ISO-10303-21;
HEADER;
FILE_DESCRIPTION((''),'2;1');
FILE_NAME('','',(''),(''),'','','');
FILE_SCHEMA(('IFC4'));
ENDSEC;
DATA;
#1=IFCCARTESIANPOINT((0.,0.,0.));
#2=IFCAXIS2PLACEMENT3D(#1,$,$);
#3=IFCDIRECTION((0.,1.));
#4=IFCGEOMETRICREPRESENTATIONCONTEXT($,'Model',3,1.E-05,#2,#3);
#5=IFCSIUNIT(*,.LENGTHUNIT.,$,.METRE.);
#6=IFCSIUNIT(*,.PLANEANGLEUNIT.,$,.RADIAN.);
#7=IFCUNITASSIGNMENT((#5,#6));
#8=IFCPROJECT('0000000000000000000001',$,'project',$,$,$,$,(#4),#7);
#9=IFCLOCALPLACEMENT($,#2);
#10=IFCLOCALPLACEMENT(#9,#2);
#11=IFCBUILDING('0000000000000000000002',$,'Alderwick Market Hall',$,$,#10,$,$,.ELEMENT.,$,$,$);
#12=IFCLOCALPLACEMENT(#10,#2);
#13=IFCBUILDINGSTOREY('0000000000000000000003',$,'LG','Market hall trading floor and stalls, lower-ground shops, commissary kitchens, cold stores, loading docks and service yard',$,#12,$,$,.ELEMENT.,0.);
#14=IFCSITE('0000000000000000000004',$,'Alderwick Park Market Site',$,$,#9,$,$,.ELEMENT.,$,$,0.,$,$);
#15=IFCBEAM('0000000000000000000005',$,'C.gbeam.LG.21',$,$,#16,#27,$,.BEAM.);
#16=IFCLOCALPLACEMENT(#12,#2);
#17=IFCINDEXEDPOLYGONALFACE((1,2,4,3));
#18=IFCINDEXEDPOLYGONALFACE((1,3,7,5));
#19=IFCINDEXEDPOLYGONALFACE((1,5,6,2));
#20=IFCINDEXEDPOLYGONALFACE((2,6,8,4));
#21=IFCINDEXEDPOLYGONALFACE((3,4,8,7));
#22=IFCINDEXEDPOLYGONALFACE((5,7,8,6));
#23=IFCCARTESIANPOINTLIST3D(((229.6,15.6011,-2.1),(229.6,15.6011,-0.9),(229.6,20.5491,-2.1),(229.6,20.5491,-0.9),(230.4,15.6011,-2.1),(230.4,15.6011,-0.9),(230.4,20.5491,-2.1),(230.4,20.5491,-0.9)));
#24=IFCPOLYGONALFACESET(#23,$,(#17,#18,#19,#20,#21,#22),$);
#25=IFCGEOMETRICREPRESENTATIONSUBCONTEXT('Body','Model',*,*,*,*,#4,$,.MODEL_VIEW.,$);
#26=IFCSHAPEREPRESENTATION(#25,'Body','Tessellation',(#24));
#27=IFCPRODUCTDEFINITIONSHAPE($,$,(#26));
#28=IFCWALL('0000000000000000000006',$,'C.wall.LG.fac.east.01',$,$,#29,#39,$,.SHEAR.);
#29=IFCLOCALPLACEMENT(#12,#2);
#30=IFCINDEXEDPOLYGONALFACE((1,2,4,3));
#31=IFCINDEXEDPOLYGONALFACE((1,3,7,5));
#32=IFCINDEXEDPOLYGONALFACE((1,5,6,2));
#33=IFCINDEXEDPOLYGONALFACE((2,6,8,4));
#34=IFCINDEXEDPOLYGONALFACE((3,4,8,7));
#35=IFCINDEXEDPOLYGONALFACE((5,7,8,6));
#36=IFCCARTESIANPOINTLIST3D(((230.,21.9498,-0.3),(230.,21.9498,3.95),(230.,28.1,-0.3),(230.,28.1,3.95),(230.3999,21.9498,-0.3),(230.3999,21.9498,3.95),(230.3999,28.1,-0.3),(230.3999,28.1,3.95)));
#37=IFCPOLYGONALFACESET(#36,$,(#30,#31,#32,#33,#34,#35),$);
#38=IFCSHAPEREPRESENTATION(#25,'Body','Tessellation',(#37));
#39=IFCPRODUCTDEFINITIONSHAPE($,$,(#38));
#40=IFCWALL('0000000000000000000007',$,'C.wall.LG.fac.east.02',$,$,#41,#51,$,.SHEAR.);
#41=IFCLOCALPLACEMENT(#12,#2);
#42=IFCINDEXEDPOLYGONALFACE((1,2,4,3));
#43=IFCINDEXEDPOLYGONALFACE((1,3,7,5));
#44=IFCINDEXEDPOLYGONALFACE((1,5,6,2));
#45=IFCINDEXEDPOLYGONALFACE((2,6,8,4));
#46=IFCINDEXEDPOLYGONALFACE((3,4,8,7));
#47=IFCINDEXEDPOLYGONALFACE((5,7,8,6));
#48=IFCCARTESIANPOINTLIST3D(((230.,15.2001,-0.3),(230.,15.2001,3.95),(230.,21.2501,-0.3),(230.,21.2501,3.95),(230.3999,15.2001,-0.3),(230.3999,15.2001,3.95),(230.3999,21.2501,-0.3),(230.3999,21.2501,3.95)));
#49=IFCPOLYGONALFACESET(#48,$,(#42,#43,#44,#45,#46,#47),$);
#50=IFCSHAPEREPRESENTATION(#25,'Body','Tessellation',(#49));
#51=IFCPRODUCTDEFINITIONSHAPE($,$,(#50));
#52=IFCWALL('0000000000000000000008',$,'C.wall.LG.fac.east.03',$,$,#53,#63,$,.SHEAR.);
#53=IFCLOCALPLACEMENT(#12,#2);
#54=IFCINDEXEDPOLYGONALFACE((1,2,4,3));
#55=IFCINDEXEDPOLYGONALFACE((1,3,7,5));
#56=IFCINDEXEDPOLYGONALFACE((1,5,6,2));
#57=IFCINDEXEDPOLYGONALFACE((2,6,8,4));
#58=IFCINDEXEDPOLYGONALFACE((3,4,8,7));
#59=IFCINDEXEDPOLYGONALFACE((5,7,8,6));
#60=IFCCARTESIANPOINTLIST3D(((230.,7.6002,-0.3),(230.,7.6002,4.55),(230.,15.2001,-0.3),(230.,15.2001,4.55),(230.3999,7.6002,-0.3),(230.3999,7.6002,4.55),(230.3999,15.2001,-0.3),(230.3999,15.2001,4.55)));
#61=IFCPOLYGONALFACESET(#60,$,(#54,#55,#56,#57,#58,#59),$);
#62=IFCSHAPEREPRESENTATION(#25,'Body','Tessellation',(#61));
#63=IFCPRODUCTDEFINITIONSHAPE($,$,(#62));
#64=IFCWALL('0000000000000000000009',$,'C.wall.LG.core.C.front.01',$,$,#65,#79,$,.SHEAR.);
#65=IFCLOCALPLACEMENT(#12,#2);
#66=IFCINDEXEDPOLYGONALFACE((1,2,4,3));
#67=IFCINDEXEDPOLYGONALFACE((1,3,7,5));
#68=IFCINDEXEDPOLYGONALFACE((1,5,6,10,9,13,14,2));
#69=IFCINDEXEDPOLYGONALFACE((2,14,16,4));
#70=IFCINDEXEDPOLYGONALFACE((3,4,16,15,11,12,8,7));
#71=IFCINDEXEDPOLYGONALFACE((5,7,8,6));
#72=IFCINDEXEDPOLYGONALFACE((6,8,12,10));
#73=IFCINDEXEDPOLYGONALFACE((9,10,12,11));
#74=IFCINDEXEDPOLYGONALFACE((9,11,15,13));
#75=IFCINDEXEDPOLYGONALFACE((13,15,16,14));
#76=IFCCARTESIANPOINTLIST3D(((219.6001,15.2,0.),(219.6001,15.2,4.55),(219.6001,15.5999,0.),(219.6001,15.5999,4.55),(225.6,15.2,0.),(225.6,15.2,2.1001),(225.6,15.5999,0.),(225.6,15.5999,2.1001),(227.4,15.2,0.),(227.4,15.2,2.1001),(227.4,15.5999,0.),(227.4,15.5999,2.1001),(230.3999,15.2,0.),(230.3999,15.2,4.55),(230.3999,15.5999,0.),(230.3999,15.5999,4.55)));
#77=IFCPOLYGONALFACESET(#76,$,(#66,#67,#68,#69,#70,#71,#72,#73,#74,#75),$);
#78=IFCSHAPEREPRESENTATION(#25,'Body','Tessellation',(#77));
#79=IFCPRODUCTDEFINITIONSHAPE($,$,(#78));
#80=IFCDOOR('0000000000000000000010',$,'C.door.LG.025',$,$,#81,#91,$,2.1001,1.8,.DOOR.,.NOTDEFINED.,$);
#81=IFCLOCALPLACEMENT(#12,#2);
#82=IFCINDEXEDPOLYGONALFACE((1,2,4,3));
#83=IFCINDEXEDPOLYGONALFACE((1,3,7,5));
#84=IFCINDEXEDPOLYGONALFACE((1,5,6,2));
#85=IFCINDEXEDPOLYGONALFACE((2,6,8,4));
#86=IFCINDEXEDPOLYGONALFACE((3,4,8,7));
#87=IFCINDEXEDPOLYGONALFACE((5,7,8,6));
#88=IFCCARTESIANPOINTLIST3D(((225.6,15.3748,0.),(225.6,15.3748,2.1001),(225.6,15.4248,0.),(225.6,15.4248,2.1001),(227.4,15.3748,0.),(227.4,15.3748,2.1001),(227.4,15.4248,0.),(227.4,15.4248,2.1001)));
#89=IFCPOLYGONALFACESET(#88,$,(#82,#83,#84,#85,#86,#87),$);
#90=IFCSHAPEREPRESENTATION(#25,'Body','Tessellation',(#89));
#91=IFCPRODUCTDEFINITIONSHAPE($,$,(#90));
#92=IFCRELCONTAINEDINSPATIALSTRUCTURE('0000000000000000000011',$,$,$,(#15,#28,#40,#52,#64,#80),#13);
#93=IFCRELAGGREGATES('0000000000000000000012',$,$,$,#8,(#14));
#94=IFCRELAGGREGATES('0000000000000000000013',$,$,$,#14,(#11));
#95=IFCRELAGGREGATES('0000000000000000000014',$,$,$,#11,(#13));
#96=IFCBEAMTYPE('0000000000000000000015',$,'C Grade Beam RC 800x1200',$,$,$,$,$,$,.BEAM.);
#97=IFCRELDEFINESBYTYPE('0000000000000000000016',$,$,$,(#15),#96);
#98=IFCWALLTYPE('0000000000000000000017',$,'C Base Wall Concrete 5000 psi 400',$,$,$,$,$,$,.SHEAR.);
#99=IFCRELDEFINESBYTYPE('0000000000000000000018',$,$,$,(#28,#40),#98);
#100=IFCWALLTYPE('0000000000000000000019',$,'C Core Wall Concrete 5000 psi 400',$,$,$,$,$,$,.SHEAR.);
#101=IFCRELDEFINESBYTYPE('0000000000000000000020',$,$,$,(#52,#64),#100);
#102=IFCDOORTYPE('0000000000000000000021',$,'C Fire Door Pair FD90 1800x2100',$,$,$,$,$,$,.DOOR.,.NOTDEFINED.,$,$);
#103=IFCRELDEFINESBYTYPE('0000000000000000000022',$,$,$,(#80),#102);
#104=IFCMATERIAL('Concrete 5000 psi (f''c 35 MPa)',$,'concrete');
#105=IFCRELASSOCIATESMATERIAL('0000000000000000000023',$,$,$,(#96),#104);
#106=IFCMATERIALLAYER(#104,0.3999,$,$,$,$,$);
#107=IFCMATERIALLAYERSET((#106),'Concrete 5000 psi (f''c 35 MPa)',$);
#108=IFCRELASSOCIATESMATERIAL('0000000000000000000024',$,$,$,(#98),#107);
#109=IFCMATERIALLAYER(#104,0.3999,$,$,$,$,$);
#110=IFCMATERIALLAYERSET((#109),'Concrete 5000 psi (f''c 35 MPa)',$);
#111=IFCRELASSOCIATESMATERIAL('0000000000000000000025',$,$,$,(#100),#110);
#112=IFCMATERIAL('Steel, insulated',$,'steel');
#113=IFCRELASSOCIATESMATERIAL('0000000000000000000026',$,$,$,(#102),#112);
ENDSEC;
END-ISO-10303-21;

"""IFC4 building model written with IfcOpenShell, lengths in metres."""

from ifc_helpers import new_model, si_unit, direction, frame, frame_2d, origin, origin_2d, place, context, subcontext, project, spatial, rectangle, extrude, material, layer, layer_set, material_profile, profile_set, type_object, element, fill, save


model = new_model("IFC4")

# Units and contexts
model_context = context("Model", 3, precision=1e-05, world=origin(), true_north=direction((0.0, 1.0)))
body_context = subcontext(model_context, "Body", "Model", "MODEL_VIEW")
ifc_project = project(units=[si_unit("LENGTHUNIT", "METRE"), si_unit("PLANEANGLEUNIT", "RADIAN")], contexts=[model_context])

# Site, building, storey
site_placement = place(None, origin())
site = spatial("IfcSite", under=ifc_project, at=site_placement, Name="Alderwick Park Market Site", CompositionType="ELEMENT", RefElevation=0.0)
building_placement = place(site_placement, origin())
building = spatial("IfcBuilding", under=site, at=building_placement, Name="Alderwick Market Hall", CompositionType="ELEMENT")
storey_placement = place(building_placement, origin())
storey = spatial("IfcBuildingStorey", under=building, at=storey_placement, Name="LG", Description="Market hall trading floor and stalls, lower-ground shops, commissary kitchens, cold stores, loading docks and service yard", CompositionType="ELEMENT", Elevation=0.0)

# Shared definitions
ifc_material_1 = material(Name="Concrete 5000 psi (f'c 35 MPa)", Category="concrete")

# Beam
ifc_material_profile_1 = material_profile(ifc_material_1, rectangle(XDim=0.8, YDim=1.2, at=origin_2d()), Name="RC 800x1200")
ifc_profile_set_1 = profile_set([ifc_material_profile_1], Name="Concrete 5000 psi (f'c 35 MPa)")
beam_type_1 = type_object("IfcBeamType", Name="C Grade Beam RC 800x1200", PredefinedType="BEAM", material=ifc_profile_set_1)
beam_1_placement = place(storey_placement, frame((230.0, 15.6011, -1.5), z_axis=(0.0, 1.0, 0.0), x_axis=(-1.0, 0.0, 0.0)))
element("IfcBeam", 1, at=beam_1_placement, inside=storey, type_object=beam_type_1, Name="C.gbeam.LG.21", PredefinedType="BEAM", context=body_context, shape_type="SweptSolid", body=[
    extrude(rectangle(XDim=0.8, YDim=1.2, at=origin_2d()), origin(), (0.0, 0.0, 1.0), 4.948),
])

# Walls
ifc_layer_1 = layer(ifc_material_1, 0.3999)
ifc_layer_set_1 = layer_set([ifc_layer_1], Name="Concrete 5000 psi (f'c 35 MPa)")
wall_type_1 = type_object("IfcWallType", Name="C Base Wall Concrete 5000 psi 400", PredefinedType="SHEAR", material=ifc_layer_set_1)
wall_1_placement = place(storey_placement, frame((230.2, 28.1001, -0.3), z_axis=(0.0, 0.0, 1.0), x_axis=(0.0, -1.0, 0.0)))
element("IfcWall", 2, at=wall_1_placement, inside=storey, type_object=wall_type_1, Name="C.wall.LG.fac.east.01", PredefinedType="SHEAR", context=body_context, shape_type="SweptSolid", body=[
    extrude(rectangle(XDim=6.1501, YDim=0.3999, at=frame_2d((3.0752, 0.0))), origin(), (0.0, 0.0, 1.0), 4.25),
])
wall_2_placement = place(storey_placement, frame((230.2, 21.25, -0.3), z_axis=(0.0, 0.0, 1.0), x_axis=(0.0, -1.0, 0.0)))
element("IfcWall", 3, at=wall_2_placement, inside=storey, type_object=wall_type_1, Name="C.wall.LG.fac.east.02", PredefinedType="SHEAR", context=body_context, shape_type="SweptSolid", body=[
    extrude(rectangle(XDim=6.05, YDim=0.3999, at=frame_2d((3.0249, 0.0))), origin(), (0.0, 0.0, 1.0), 4.25),
])
ifc_layer_2 = layer(ifc_material_1, 0.3999)
ifc_layer_set_2 = layer_set([ifc_layer_2], Name="Concrete 5000 psi (f'c 35 MPa)")
wall_type_2 = type_object("IfcWallType", Name="C Core Wall Concrete 5000 psi 400", PredefinedType="SHEAR", material=ifc_layer_set_2)
wall_3_placement = place(storey_placement, frame((230.2, 15.2, -0.3), z_axis=(0.0, 0.0, 1.0), x_axis=(0.0, -1.0, 0.0)))
element("IfcWall", 4, at=wall_3_placement, inside=storey, type_object=wall_type_2, Name="C.wall.LG.fac.east.03", PredefinedType="SHEAR", context=body_context, shape_type="SweptSolid", body=[
    extrude(rectangle(XDim=7.5999, YDim=0.3999, at=frame_2d((3.7998, 0.0))), origin(), (0.0, 0.0, 1.0), 4.8501),
])

# Wall, opening, door
wall_4_placement = place(storey_placement, frame((219.6001, 15.3999, 0.0), z_axis=(0.0, 0.0, 1.0), x_axis=(1.0, 0.0, 0.0)))
wall_4 = element("IfcWall", 5, at=wall_4_placement, inside=storey, type_object=wall_type_2, Name="C.wall.LG.core.C.front.01", PredefinedType="SHEAR", context=body_context, shape_type="SweptSolid", body=[
    extrude(rectangle(XDim=10.7998, YDim=0.3999, at=frame_2d((5.3999, 0.0))), origin(), (0.0, 0.0, 1.0), 4.55),
])
opening_placement = place(wall_4_placement, frame((6.0, 0.0, 0.0)))
opening = element("IfcOpeningElement", 6, at=opening_placement, cuts=wall_4, PredefinedType="OPENING", context=body_context, shape_type="SweptSolid", body=[
    extrude(rectangle(XDim=1.8, YDim=2.1001, at=frame_2d((0.8999, 1.05))), frame((0.0, 0.21, 0.0), z_axis=(0.0, -1.0, 0.0), x_axis=(1.0, 0.0, 0.0)), (0.0, 0.0, 1.0), 0.4199),
])
ifc_material_2 = material(Name="Steel, insulated", Category="steel")
door_type = type_object("IfcDoorType", Name="C Fire Door Pair FD90 1800x2100", OperationType="NOTDEFINED", PredefinedType="DOOR", material=ifc_material_2)
door_placement = place(opening_placement, origin())
door = element("IfcDoor", 7, at=door_placement, inside=storey, type_object=door_type, Name="C.door.LG.025", OperationType="NOTDEFINED", OverallHeight=2.1001, OverallWidth=1.8, PredefinedType="DOOR", context=body_context, shape_type="SweptSolid", body=[
    extrude(rectangle(XDim=1.8, YDim=2.1001, at=frame_2d((0.8999, 1.05))), frame((0.0, 0.0249, 0.0), z_axis=(0.0, -1.0, 0.0), x_axis=(1.0, 0.0, 0.0)), (0.0, 0.0, 1.0), 0.05),
])
fill(opening, door)

save(model, "model.ifc")
